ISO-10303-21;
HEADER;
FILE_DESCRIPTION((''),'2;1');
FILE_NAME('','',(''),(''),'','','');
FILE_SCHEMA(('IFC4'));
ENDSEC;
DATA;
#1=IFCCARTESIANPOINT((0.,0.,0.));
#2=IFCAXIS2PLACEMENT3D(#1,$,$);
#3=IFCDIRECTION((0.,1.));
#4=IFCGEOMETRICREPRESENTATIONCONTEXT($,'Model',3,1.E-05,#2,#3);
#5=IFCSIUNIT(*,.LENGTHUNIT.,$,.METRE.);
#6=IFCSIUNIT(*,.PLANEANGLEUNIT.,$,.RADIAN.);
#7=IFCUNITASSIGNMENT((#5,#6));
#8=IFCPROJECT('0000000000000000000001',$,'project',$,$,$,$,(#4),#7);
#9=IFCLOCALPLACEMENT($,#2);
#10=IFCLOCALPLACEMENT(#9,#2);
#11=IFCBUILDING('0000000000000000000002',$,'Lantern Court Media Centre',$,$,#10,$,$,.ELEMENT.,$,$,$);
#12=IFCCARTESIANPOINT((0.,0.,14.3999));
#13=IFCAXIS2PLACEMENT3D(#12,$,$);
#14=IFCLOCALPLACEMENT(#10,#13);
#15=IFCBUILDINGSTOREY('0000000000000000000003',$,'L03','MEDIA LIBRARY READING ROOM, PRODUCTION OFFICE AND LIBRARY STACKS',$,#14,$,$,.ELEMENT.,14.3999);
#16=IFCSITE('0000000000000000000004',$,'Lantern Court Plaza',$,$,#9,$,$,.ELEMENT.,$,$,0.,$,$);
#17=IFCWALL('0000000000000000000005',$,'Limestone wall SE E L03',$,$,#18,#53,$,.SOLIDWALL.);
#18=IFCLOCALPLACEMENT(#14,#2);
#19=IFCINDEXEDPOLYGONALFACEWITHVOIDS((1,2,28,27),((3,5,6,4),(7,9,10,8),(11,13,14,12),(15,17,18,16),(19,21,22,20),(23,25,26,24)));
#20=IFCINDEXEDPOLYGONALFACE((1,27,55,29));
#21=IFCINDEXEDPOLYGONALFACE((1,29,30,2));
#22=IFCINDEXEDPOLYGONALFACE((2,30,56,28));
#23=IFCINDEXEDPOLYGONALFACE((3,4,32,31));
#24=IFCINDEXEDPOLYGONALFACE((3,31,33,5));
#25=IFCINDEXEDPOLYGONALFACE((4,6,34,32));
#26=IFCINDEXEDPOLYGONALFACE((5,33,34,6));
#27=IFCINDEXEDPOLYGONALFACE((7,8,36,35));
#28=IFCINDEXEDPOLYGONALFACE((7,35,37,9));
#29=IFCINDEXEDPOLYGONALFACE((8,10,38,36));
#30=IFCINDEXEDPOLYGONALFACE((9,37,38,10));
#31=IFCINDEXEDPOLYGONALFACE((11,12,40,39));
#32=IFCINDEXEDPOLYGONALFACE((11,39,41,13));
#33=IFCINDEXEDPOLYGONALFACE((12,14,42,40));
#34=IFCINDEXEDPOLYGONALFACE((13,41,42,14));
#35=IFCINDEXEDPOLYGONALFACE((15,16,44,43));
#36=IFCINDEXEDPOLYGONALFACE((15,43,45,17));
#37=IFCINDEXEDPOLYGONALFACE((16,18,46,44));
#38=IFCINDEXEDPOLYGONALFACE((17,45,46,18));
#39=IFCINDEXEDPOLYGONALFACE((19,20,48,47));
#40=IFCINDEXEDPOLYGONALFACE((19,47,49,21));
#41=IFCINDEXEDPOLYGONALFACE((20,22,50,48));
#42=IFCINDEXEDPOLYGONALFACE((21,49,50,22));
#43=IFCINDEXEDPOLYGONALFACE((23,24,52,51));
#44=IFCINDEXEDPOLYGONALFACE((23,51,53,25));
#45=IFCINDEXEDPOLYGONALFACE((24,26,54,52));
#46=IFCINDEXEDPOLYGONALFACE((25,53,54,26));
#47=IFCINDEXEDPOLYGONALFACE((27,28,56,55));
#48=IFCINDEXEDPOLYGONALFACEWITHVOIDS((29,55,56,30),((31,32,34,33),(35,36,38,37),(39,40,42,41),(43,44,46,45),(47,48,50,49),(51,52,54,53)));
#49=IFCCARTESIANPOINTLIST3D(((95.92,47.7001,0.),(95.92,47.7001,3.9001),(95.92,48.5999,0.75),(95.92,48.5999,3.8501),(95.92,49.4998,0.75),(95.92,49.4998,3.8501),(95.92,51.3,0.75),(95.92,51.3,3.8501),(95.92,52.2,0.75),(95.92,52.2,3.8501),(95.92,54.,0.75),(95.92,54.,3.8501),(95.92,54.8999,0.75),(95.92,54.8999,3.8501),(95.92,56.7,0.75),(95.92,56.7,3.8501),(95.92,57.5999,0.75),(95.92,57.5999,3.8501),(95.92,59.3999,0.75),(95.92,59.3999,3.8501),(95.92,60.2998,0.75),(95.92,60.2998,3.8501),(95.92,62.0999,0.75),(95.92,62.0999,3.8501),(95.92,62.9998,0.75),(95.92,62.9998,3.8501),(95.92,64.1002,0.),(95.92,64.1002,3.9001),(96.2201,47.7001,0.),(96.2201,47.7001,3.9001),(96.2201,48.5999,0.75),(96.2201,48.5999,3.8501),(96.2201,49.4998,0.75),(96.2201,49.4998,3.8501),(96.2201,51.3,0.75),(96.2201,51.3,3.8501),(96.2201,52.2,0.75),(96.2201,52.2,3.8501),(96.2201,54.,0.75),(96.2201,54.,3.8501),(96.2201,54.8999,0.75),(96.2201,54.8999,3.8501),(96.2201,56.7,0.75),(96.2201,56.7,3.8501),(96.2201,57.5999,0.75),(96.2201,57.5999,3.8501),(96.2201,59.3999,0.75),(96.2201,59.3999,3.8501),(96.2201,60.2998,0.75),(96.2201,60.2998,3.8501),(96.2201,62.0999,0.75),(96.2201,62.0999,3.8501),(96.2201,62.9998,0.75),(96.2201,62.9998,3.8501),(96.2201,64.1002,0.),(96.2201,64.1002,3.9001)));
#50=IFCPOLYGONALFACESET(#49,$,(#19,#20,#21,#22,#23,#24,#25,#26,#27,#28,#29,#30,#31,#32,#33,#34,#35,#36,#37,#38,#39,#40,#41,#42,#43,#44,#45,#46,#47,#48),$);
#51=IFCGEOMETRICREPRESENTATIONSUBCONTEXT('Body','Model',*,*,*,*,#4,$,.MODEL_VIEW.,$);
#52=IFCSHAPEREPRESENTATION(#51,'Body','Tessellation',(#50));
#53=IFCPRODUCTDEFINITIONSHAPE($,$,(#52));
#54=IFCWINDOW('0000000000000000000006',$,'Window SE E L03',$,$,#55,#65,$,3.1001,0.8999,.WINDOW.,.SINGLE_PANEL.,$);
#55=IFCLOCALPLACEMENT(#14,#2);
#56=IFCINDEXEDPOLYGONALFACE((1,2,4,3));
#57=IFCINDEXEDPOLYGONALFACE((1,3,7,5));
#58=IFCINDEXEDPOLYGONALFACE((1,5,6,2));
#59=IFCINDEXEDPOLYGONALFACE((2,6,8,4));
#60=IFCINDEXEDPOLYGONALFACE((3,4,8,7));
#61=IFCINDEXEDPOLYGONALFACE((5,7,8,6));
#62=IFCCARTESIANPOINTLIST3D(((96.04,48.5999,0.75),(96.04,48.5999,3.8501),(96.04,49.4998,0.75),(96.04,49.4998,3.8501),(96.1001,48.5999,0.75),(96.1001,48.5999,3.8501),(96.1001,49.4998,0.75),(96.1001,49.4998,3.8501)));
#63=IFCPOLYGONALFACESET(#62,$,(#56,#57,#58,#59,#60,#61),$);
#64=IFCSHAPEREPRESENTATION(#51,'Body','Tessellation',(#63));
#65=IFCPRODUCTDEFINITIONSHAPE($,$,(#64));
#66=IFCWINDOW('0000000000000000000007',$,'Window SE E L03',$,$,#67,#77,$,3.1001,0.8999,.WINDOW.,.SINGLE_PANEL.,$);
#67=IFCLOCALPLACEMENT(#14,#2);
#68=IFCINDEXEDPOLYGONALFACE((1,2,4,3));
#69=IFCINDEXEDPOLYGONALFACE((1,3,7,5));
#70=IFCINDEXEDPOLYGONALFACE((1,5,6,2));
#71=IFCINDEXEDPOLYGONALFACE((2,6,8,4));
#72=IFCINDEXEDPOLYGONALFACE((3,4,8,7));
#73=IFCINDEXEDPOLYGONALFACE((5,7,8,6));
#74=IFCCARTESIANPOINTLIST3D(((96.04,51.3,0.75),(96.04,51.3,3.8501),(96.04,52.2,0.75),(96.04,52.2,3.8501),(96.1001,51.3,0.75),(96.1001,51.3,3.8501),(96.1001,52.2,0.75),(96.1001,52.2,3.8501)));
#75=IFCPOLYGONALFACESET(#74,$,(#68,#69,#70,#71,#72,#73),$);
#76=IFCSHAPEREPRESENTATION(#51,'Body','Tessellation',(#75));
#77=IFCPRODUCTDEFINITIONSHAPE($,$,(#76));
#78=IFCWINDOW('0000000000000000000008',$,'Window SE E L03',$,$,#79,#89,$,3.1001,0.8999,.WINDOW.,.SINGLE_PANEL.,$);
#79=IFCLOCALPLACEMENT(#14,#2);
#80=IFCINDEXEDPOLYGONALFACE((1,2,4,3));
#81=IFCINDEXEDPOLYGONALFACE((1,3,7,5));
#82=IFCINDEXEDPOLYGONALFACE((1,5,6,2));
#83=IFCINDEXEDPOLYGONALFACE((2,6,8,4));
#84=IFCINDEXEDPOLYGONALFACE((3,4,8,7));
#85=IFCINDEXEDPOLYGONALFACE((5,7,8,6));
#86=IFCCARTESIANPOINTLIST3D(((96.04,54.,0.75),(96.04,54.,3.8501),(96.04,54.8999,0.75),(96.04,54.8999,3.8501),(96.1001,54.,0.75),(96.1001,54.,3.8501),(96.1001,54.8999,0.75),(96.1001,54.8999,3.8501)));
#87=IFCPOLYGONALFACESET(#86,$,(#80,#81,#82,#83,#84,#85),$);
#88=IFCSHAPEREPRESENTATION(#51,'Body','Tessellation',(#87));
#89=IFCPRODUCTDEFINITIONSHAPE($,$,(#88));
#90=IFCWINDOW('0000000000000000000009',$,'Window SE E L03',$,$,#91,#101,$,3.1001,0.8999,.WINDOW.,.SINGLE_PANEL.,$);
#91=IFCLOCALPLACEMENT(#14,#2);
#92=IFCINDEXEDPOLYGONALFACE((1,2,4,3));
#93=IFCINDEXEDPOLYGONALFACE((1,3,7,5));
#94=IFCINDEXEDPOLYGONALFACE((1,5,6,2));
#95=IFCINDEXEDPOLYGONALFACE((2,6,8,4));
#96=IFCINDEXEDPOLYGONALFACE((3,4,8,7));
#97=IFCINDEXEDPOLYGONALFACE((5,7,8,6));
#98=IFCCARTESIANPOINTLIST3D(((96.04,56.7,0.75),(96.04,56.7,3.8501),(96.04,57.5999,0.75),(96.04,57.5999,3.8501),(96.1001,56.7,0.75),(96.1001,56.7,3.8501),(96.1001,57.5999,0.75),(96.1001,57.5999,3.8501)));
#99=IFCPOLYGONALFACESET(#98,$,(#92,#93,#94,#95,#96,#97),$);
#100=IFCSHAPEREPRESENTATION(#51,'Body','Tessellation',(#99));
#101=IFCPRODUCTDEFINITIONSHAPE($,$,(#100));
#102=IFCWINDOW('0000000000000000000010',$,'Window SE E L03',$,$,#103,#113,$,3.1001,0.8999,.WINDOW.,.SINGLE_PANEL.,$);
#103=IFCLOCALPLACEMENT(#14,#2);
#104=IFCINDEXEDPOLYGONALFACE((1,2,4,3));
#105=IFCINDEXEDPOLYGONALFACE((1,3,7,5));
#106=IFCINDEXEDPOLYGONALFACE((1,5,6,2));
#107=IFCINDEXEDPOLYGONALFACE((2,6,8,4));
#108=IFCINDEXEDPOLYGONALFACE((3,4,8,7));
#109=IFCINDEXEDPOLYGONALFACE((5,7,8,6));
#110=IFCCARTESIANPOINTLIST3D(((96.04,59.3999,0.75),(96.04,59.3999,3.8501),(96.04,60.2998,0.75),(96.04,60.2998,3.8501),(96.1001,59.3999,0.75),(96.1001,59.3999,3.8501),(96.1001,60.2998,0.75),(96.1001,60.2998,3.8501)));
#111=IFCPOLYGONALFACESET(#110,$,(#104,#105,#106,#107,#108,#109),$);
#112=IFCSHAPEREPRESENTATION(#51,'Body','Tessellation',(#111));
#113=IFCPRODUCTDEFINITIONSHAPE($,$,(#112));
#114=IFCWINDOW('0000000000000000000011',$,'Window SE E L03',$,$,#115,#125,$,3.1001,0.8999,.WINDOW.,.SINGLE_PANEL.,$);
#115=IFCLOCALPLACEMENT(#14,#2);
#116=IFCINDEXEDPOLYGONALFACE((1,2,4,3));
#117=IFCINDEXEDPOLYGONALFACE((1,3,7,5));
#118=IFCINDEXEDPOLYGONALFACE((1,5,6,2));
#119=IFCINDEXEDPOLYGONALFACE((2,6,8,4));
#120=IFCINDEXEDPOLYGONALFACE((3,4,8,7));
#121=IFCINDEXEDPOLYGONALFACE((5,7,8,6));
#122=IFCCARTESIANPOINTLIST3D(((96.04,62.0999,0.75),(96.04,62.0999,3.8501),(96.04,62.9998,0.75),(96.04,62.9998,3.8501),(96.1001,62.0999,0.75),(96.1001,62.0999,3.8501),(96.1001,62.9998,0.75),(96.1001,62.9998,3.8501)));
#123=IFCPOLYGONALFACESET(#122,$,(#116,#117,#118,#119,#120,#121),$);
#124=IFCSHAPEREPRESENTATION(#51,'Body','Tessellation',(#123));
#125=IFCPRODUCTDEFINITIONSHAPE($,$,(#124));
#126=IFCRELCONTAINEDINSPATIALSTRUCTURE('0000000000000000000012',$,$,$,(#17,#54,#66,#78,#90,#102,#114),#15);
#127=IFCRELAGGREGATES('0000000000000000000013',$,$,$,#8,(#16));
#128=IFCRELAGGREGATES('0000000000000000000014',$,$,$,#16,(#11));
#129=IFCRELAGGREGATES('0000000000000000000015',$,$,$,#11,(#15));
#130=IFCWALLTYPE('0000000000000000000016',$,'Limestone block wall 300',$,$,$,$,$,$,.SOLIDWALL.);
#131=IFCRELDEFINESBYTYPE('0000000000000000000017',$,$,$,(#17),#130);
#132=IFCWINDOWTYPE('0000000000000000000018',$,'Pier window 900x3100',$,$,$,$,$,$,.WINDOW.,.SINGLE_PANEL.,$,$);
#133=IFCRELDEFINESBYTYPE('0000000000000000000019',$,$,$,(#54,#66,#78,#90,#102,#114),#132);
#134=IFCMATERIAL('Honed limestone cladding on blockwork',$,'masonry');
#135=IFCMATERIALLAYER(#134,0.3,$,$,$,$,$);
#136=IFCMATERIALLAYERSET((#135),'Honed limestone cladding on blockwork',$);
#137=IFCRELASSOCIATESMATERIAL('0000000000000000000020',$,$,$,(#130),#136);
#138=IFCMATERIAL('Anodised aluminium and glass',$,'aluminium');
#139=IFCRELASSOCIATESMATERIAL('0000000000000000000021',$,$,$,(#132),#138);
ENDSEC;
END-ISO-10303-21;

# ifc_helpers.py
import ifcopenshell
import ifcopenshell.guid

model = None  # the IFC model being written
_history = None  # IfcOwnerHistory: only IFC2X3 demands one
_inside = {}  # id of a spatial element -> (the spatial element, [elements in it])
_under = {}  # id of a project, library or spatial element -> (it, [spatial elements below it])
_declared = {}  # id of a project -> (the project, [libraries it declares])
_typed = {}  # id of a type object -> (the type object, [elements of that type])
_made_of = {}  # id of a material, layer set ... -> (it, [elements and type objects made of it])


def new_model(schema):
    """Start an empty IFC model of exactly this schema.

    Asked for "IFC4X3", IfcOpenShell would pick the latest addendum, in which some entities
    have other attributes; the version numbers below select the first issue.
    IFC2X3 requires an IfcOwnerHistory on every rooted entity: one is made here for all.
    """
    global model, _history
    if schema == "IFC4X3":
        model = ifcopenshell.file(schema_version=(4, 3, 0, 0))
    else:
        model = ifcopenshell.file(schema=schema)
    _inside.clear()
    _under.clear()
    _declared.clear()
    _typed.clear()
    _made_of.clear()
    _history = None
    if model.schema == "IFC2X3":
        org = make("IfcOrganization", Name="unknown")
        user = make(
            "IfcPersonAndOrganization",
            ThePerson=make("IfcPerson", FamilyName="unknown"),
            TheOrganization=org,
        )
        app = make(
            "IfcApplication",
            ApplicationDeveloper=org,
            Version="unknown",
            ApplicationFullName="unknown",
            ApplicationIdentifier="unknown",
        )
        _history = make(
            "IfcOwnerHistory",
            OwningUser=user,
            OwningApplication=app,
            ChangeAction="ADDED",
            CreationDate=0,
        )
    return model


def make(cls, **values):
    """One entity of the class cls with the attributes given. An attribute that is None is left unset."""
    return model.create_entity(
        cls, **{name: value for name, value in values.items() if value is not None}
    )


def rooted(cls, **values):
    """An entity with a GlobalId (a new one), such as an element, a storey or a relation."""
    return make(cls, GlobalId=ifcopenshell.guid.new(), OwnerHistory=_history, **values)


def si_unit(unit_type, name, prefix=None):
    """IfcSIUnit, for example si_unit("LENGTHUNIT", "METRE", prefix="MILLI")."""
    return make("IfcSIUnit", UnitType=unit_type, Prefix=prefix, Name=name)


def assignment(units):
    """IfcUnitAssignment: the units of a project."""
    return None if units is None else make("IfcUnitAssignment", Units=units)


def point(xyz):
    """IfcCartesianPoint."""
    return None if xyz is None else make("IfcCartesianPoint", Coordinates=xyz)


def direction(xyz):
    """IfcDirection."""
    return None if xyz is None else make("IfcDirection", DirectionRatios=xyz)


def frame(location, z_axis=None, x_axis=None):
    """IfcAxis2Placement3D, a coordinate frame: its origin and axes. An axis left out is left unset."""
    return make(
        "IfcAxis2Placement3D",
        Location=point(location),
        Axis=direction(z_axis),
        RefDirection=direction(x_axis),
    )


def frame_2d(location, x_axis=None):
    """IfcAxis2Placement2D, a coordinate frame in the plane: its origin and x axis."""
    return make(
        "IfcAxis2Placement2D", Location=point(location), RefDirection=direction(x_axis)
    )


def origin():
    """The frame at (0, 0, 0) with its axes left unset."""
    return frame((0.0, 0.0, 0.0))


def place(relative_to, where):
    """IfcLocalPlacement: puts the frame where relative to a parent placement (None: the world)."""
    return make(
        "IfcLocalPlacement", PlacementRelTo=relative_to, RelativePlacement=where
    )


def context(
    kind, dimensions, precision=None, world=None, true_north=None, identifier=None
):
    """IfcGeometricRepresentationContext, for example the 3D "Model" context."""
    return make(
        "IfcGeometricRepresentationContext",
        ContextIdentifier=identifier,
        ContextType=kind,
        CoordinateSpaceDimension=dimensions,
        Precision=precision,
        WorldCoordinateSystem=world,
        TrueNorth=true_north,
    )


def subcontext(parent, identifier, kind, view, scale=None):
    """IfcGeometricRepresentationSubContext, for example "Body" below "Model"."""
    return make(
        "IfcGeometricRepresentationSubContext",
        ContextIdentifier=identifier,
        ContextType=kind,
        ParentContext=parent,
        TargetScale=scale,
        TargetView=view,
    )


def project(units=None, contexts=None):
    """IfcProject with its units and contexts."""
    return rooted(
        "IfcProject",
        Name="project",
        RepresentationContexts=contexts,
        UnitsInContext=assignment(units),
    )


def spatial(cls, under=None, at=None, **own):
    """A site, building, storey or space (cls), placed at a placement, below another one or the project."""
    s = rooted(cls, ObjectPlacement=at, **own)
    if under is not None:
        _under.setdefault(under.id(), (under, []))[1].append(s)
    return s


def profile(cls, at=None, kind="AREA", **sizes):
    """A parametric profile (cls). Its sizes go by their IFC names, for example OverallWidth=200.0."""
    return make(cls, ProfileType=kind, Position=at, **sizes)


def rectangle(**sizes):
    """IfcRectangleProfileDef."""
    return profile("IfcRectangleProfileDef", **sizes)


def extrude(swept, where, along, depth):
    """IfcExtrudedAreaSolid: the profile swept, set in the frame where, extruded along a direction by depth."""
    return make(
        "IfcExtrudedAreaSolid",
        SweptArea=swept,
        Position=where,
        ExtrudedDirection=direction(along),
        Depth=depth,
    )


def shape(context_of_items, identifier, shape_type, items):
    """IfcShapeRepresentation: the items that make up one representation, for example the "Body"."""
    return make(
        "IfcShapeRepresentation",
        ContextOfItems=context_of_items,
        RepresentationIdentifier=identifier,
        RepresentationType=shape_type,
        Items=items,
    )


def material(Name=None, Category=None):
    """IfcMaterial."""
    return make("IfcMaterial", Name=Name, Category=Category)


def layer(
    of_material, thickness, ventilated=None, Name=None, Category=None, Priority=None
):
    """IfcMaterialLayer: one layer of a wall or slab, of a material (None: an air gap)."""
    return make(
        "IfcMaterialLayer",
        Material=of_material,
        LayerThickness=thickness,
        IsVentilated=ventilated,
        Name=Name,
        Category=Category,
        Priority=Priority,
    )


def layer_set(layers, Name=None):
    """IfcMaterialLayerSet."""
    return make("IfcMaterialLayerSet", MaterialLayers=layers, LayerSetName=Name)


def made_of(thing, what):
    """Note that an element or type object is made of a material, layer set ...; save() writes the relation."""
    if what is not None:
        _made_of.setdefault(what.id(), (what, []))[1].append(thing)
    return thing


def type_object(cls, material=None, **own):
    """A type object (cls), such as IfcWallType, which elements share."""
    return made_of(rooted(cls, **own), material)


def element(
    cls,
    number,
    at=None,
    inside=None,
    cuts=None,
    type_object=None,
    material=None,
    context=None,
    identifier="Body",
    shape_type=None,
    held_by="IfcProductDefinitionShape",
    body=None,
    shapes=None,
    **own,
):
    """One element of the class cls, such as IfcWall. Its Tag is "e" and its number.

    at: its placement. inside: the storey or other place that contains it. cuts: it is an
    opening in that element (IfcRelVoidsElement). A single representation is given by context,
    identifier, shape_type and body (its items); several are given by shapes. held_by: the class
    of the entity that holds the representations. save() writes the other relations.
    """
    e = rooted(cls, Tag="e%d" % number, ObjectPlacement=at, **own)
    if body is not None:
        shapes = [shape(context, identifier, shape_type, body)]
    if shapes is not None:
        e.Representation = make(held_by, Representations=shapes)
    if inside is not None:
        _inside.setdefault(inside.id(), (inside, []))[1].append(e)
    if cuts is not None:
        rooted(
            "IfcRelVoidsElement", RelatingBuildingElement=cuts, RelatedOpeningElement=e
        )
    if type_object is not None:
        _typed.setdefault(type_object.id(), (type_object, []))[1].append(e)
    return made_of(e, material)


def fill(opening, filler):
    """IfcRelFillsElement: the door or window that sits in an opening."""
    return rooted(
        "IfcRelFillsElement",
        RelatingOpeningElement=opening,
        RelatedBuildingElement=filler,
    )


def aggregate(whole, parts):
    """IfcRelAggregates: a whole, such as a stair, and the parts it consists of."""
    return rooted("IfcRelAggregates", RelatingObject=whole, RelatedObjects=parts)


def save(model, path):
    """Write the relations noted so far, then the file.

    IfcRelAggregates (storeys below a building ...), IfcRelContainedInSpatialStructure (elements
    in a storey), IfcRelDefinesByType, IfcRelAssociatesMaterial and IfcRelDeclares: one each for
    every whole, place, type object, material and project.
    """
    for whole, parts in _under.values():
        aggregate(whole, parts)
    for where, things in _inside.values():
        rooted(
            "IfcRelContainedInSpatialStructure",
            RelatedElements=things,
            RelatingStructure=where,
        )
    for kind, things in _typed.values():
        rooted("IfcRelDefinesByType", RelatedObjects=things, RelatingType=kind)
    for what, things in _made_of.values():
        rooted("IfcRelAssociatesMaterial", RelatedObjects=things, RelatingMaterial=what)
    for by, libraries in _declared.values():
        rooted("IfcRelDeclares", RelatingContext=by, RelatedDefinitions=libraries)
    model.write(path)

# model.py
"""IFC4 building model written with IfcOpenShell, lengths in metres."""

from ifc_helpers import new_model, si_unit, direction, frame, frame_2d, origin, place, context, subcontext, project, spatial, rectangle, extrude, material, layer, layer_set, type_object, element, fill, save


model = new_model("IFC4")

# Units and contexts
model_context = context("Model", 3, precision=1e-05, world=origin(), true_north=direction((0.0, 1.0)))
body_context = subcontext(model_context, "Body", "Model", "MODEL_VIEW")
ifc_project = project(units=[si_unit("LENGTHUNIT", "METRE"), si_unit("PLANEANGLEUNIT", "RADIAN")], contexts=[model_context])

# Site, building, storey
site_placement = place(None, origin())
site = spatial("IfcSite", under=ifc_project, at=site_placement, Name="Lantern Court Plaza", CompositionType="ELEMENT", RefElevation=0.0)
building_placement = place(site_placement, origin())
building = spatial("IfcBuilding", under=site, at=building_placement, Name="Lantern Court Media Centre", CompositionType="ELEMENT")
storey_placement = place(building_placement, frame((0.0, 0.0, 14.3999)))
storey = spatial("IfcBuildingStorey", under=building, at=storey_placement, Name="L03", Description="MEDIA LIBRARY READING ROOM, PRODUCTION OFFICE AND LIBRARY STACKS", CompositionType="ELEMENT", Elevation=14.3999)

# Wall, openings, windows
ifc_material_1 = material(Name="Honed limestone cladding on blockwork", Category="masonry")
ifc_layer_1 = layer(ifc_material_1, 0.3)
ifc_layer_set_1 = layer_set([ifc_layer_1], Name="Honed limestone cladding on blockwork")
wall_type = type_object("IfcWallType", Name="Limestone block wall 300", PredefinedType="SOLIDWALL", material=ifc_layer_set_1)
wall_placement = place(storey_placement, frame((96.0701, 47.7, 0.0), z_axis=(0.0, 0.0, 1.0), x_axis=(0.0, 1.0, 0.0)))
wall = element("IfcWall", 1, at=wall_placement, inside=storey, type_object=wall_type, Name="Limestone wall SE E L03", PredefinedType="SOLIDWALL", context=body_context, shape_type="SweptSolid", body=[
    extrude(rectangle(XDim=16.4001, YDim=0.3, at=frame_2d((8.2002, 0.0))), origin(), (0.0, 0.0, 1.0), 3.9001),
])
opening_1_placement = place(wall_placement, frame((0.8999, 0.0, 0.75)))
opening_1 = element("IfcOpeningElement", 2, at=opening_1_placement, cuts=wall, PredefinedType="OPENING", context=body_context, shape_type="SweptSolid", body=[
    extrude(rectangle(XDim=0.8999, YDim=3.1001, at=frame_2d((0.45, 1.55))), frame((0.0, 0.1599, 0.0), z_axis=(0.0, -1.0, 0.0), x_axis=(1.0, 0.0, 0.0)), (0.0, 0.0, 1.0), 0.3201),
])
opening_2_placement = place(wall_placement, frame((3.6001, 0.0, 0.75)))
opening_2 = element("IfcOpeningElement", 3, at=opening_2_placement, cuts=wall, PredefinedType="OPENING", context=body_context, shape_type="SweptSolid", body=[
    extrude(rectangle(XDim=0.8999, YDim=3.1001, at=frame_2d((0.45, 1.55))), frame((0.0, 0.1599, 0.0), z_axis=(0.0, -1.0, 0.0), x_axis=(1.0, 0.0, 0.0)), (0.0, 0.0, 1.0), 0.3201),
])
opening_3_placement = place(wall_placement, frame((6.3, 0.0, 0.75)))
opening_3 = element("IfcOpeningElement", 4, at=opening_3_placement, cuts=wall, PredefinedType="OPENING", context=body_context, shape_type="SweptSolid", body=[
    extrude(rectangle(XDim=0.8999, YDim=3.1001, at=frame_2d((0.45, 1.55))), frame((0.0, 0.1599, 0.0), z_axis=(0.0, -1.0, 0.0), x_axis=(1.0, 0.0, 0.0)), (0.0, 0.0, 1.0), 0.3201),
])
opening_4_placement = place(wall_placement, frame((9.0, 0.0, 0.75)))
opening_4 = element("IfcOpeningElement", 5, at=opening_4_placement, cuts=wall, PredefinedType="OPENING", context=body_context, shape_type="SweptSolid", body=[
    extrude(rectangle(XDim=0.8999, YDim=3.1001, at=frame_2d((0.45, 1.55))), frame((0.0, 0.1599, 0.0), z_axis=(0.0, -1.0, 0.0), x_axis=(1.0, 0.0, 0.0)), (0.0, 0.0, 1.0), 0.3201),
])
opening_5_placement = place(wall_placement, frame((11.7, 0.0, 0.75)))
opening_5 = element("IfcOpeningElement", 6, at=opening_5_placement, cuts=wall, PredefinedType="OPENING", context=body_context, shape_type="SweptSolid", body=[
    extrude(rectangle(XDim=0.8999, YDim=3.1001, at=frame_2d((0.45, 1.55))), frame((0.0, 0.1599, 0.0), z_axis=(0.0, -1.0, 0.0), x_axis=(1.0, 0.0, 0.0)), (0.0, 0.0, 1.0), 0.3201),
])
opening_6_placement = place(wall_placement, frame((14.3999, 0.0, 0.75)))
opening_6 = element("IfcOpeningElement", 7, at=opening_6_placement, cuts=wall, PredefinedType="OPENING", context=body_context, shape_type="SweptSolid", body=[
    extrude(rectangle(XDim=0.8999, YDim=3.1001, at=frame_2d((0.45, 1.55))), frame((0.0, 0.1599, 0.0), z_axis=(0.0, -1.0, 0.0), x_axis=(1.0, 0.0, 0.0)), (0.0, 0.0, 1.0), 0.3201),
])
ifc_material_2 = material(Name="Anodised aluminium and glass", Category="aluminium")
window_type = type_object("IfcWindowType", Name="Pier window 900x3100", PartitioningType="SINGLE_PANEL", PredefinedType="WINDOW", material=ifc_material_2)
window_1_placement = place(opening_1_placement, origin())
window_1 = element("IfcWindow", 8, at=window_1_placement, inside=storey, type_object=window_type, Name="Window SE E L03", OverallHeight=3.1001, OverallWidth=0.8999, PartitioningType="SINGLE_PANEL", PredefinedType="WINDOW", context=body_context, shape_type="SweptSolid", body=[
    extrude(rectangle(XDim=0.8999, YDim=3.1001, at=frame_2d((0.45, 1.55))), frame((0.0, 0.03, 0.0), z_axis=(0.0, -1.0, 0.0), x_axis=(1.0, 0.0, 0.0)), (0.0, 0.0, 1.0), 0.0601),
])
fill(opening_1, window_1)
window_2_placement = place(opening_2_placement, origin())
window_2 = element("IfcWindow", 9, at=window_2_placement, inside=storey, type_object=window_type, Name="Window SE E L03", OverallHeight=3.1001, OverallWidth=0.8999, PartitioningType="SINGLE_PANEL", PredefinedType="WINDOW", context=body_context, shape_type="SweptSolid", body=[
    extrude(rectangle(XDim=0.8999, YDim=3.1001, at=frame_2d((0.45, 1.55))), frame((0.0, 0.03, 0.0), z_axis=(0.0, -1.0, 0.0), x_axis=(1.0, 0.0, 0.0)), (0.0, 0.0, 1.0), 0.0601),
])
fill(opening_2, window_2)
window_3_placement = place(opening_3_placement, origin())
window_3 = element("IfcWindow", 10, at=window_3_placement, inside=storey, type_object=window_type, Name="Window SE E L03", OverallHeight=3.1001, OverallWidth=0.8999, PartitioningType="SINGLE_PANEL", PredefinedType="WINDOW", context=body_context, shape_type="SweptSolid", body=[
    extrude(rectangle(XDim=0.8999, YDim=3.1001, at=frame_2d((0.45, 1.55))), frame((0.0, 0.03, 0.0), z_axis=(0.0, -1.0, 0.0), x_axis=(1.0, 0.0, 0.0)), (0.0, 0.0, 1.0), 0.0601),
])
fill(opening_3, window_3)
window_4_placement = place(opening_4_placement, origin())
window_4 = element("IfcWindow", 11, at=window_4_placement, inside=storey, type_object=window_type, Name="Window SE E L03", OverallHeight=3.1001, OverallWidth=0.8999, PartitioningType="SINGLE_PANEL", PredefinedType="WINDOW", context=body_context, shape_type="SweptSolid", body=[
    extrude(rectangle(XDim=0.8999, YDim=3.1001, at=frame_2d((0.45, 1.55))), frame((0.0, 0.03, 0.0), z_axis=(0.0, -1.0, 0.0), x_axis=(1.0, 0.0, 0.0)), (0.0, 0.0, 1.0), 0.0601),
])
fill(opening_4, window_4)
window_5_placement = place(opening_5_placement, origin())
window_5 = element("IfcWindow", 12, at=window_5_placement, inside=storey, type_object=window_type, Name="Window SE E L03", OverallHeight=3.1001, OverallWidth=0.8999, PartitioningType="SINGLE_PANEL", PredefinedType="WINDOW", context=body_context, shape_type="SweptSolid", body=[
    extrude(rectangle(XDim=0.8999, YDim=3.1001, at=frame_2d((0.45, 1.55))), frame((0.0, 0.03, 0.0), z_axis=(0.0, -1.0, 0.0), x_axis=(1.0, 0.0, 0.0)), (0.0, 0.0, 1.0), 0.0601),
])
fill(opening_5, window_5)
window_6_placement = place(opening_6_placement, origin())
window_6 = element("IfcWindow", 13, at=window_6_placement, inside=storey, type_object=window_type, Name="Window SE E L03", OverallHeight=3.1001, OverallWidth=0.8999, PartitioningType="SINGLE_PANEL", PredefinedType="WINDOW", context=body_context, shape_type="SweptSolid", body=[
    extrude(rectangle(XDim=0.8999, YDim=3.1001, at=frame_2d((0.45, 1.55))), frame((0.0, 0.03, 0.0), z_axis=(0.0, -1.0, 0.0), x_axis=(1.0, 0.0, 0.0)), (0.0, 0.0, 1.0), 0.0601),
])
fill(opening_6, window_6)

save(model, "model.ifc")
